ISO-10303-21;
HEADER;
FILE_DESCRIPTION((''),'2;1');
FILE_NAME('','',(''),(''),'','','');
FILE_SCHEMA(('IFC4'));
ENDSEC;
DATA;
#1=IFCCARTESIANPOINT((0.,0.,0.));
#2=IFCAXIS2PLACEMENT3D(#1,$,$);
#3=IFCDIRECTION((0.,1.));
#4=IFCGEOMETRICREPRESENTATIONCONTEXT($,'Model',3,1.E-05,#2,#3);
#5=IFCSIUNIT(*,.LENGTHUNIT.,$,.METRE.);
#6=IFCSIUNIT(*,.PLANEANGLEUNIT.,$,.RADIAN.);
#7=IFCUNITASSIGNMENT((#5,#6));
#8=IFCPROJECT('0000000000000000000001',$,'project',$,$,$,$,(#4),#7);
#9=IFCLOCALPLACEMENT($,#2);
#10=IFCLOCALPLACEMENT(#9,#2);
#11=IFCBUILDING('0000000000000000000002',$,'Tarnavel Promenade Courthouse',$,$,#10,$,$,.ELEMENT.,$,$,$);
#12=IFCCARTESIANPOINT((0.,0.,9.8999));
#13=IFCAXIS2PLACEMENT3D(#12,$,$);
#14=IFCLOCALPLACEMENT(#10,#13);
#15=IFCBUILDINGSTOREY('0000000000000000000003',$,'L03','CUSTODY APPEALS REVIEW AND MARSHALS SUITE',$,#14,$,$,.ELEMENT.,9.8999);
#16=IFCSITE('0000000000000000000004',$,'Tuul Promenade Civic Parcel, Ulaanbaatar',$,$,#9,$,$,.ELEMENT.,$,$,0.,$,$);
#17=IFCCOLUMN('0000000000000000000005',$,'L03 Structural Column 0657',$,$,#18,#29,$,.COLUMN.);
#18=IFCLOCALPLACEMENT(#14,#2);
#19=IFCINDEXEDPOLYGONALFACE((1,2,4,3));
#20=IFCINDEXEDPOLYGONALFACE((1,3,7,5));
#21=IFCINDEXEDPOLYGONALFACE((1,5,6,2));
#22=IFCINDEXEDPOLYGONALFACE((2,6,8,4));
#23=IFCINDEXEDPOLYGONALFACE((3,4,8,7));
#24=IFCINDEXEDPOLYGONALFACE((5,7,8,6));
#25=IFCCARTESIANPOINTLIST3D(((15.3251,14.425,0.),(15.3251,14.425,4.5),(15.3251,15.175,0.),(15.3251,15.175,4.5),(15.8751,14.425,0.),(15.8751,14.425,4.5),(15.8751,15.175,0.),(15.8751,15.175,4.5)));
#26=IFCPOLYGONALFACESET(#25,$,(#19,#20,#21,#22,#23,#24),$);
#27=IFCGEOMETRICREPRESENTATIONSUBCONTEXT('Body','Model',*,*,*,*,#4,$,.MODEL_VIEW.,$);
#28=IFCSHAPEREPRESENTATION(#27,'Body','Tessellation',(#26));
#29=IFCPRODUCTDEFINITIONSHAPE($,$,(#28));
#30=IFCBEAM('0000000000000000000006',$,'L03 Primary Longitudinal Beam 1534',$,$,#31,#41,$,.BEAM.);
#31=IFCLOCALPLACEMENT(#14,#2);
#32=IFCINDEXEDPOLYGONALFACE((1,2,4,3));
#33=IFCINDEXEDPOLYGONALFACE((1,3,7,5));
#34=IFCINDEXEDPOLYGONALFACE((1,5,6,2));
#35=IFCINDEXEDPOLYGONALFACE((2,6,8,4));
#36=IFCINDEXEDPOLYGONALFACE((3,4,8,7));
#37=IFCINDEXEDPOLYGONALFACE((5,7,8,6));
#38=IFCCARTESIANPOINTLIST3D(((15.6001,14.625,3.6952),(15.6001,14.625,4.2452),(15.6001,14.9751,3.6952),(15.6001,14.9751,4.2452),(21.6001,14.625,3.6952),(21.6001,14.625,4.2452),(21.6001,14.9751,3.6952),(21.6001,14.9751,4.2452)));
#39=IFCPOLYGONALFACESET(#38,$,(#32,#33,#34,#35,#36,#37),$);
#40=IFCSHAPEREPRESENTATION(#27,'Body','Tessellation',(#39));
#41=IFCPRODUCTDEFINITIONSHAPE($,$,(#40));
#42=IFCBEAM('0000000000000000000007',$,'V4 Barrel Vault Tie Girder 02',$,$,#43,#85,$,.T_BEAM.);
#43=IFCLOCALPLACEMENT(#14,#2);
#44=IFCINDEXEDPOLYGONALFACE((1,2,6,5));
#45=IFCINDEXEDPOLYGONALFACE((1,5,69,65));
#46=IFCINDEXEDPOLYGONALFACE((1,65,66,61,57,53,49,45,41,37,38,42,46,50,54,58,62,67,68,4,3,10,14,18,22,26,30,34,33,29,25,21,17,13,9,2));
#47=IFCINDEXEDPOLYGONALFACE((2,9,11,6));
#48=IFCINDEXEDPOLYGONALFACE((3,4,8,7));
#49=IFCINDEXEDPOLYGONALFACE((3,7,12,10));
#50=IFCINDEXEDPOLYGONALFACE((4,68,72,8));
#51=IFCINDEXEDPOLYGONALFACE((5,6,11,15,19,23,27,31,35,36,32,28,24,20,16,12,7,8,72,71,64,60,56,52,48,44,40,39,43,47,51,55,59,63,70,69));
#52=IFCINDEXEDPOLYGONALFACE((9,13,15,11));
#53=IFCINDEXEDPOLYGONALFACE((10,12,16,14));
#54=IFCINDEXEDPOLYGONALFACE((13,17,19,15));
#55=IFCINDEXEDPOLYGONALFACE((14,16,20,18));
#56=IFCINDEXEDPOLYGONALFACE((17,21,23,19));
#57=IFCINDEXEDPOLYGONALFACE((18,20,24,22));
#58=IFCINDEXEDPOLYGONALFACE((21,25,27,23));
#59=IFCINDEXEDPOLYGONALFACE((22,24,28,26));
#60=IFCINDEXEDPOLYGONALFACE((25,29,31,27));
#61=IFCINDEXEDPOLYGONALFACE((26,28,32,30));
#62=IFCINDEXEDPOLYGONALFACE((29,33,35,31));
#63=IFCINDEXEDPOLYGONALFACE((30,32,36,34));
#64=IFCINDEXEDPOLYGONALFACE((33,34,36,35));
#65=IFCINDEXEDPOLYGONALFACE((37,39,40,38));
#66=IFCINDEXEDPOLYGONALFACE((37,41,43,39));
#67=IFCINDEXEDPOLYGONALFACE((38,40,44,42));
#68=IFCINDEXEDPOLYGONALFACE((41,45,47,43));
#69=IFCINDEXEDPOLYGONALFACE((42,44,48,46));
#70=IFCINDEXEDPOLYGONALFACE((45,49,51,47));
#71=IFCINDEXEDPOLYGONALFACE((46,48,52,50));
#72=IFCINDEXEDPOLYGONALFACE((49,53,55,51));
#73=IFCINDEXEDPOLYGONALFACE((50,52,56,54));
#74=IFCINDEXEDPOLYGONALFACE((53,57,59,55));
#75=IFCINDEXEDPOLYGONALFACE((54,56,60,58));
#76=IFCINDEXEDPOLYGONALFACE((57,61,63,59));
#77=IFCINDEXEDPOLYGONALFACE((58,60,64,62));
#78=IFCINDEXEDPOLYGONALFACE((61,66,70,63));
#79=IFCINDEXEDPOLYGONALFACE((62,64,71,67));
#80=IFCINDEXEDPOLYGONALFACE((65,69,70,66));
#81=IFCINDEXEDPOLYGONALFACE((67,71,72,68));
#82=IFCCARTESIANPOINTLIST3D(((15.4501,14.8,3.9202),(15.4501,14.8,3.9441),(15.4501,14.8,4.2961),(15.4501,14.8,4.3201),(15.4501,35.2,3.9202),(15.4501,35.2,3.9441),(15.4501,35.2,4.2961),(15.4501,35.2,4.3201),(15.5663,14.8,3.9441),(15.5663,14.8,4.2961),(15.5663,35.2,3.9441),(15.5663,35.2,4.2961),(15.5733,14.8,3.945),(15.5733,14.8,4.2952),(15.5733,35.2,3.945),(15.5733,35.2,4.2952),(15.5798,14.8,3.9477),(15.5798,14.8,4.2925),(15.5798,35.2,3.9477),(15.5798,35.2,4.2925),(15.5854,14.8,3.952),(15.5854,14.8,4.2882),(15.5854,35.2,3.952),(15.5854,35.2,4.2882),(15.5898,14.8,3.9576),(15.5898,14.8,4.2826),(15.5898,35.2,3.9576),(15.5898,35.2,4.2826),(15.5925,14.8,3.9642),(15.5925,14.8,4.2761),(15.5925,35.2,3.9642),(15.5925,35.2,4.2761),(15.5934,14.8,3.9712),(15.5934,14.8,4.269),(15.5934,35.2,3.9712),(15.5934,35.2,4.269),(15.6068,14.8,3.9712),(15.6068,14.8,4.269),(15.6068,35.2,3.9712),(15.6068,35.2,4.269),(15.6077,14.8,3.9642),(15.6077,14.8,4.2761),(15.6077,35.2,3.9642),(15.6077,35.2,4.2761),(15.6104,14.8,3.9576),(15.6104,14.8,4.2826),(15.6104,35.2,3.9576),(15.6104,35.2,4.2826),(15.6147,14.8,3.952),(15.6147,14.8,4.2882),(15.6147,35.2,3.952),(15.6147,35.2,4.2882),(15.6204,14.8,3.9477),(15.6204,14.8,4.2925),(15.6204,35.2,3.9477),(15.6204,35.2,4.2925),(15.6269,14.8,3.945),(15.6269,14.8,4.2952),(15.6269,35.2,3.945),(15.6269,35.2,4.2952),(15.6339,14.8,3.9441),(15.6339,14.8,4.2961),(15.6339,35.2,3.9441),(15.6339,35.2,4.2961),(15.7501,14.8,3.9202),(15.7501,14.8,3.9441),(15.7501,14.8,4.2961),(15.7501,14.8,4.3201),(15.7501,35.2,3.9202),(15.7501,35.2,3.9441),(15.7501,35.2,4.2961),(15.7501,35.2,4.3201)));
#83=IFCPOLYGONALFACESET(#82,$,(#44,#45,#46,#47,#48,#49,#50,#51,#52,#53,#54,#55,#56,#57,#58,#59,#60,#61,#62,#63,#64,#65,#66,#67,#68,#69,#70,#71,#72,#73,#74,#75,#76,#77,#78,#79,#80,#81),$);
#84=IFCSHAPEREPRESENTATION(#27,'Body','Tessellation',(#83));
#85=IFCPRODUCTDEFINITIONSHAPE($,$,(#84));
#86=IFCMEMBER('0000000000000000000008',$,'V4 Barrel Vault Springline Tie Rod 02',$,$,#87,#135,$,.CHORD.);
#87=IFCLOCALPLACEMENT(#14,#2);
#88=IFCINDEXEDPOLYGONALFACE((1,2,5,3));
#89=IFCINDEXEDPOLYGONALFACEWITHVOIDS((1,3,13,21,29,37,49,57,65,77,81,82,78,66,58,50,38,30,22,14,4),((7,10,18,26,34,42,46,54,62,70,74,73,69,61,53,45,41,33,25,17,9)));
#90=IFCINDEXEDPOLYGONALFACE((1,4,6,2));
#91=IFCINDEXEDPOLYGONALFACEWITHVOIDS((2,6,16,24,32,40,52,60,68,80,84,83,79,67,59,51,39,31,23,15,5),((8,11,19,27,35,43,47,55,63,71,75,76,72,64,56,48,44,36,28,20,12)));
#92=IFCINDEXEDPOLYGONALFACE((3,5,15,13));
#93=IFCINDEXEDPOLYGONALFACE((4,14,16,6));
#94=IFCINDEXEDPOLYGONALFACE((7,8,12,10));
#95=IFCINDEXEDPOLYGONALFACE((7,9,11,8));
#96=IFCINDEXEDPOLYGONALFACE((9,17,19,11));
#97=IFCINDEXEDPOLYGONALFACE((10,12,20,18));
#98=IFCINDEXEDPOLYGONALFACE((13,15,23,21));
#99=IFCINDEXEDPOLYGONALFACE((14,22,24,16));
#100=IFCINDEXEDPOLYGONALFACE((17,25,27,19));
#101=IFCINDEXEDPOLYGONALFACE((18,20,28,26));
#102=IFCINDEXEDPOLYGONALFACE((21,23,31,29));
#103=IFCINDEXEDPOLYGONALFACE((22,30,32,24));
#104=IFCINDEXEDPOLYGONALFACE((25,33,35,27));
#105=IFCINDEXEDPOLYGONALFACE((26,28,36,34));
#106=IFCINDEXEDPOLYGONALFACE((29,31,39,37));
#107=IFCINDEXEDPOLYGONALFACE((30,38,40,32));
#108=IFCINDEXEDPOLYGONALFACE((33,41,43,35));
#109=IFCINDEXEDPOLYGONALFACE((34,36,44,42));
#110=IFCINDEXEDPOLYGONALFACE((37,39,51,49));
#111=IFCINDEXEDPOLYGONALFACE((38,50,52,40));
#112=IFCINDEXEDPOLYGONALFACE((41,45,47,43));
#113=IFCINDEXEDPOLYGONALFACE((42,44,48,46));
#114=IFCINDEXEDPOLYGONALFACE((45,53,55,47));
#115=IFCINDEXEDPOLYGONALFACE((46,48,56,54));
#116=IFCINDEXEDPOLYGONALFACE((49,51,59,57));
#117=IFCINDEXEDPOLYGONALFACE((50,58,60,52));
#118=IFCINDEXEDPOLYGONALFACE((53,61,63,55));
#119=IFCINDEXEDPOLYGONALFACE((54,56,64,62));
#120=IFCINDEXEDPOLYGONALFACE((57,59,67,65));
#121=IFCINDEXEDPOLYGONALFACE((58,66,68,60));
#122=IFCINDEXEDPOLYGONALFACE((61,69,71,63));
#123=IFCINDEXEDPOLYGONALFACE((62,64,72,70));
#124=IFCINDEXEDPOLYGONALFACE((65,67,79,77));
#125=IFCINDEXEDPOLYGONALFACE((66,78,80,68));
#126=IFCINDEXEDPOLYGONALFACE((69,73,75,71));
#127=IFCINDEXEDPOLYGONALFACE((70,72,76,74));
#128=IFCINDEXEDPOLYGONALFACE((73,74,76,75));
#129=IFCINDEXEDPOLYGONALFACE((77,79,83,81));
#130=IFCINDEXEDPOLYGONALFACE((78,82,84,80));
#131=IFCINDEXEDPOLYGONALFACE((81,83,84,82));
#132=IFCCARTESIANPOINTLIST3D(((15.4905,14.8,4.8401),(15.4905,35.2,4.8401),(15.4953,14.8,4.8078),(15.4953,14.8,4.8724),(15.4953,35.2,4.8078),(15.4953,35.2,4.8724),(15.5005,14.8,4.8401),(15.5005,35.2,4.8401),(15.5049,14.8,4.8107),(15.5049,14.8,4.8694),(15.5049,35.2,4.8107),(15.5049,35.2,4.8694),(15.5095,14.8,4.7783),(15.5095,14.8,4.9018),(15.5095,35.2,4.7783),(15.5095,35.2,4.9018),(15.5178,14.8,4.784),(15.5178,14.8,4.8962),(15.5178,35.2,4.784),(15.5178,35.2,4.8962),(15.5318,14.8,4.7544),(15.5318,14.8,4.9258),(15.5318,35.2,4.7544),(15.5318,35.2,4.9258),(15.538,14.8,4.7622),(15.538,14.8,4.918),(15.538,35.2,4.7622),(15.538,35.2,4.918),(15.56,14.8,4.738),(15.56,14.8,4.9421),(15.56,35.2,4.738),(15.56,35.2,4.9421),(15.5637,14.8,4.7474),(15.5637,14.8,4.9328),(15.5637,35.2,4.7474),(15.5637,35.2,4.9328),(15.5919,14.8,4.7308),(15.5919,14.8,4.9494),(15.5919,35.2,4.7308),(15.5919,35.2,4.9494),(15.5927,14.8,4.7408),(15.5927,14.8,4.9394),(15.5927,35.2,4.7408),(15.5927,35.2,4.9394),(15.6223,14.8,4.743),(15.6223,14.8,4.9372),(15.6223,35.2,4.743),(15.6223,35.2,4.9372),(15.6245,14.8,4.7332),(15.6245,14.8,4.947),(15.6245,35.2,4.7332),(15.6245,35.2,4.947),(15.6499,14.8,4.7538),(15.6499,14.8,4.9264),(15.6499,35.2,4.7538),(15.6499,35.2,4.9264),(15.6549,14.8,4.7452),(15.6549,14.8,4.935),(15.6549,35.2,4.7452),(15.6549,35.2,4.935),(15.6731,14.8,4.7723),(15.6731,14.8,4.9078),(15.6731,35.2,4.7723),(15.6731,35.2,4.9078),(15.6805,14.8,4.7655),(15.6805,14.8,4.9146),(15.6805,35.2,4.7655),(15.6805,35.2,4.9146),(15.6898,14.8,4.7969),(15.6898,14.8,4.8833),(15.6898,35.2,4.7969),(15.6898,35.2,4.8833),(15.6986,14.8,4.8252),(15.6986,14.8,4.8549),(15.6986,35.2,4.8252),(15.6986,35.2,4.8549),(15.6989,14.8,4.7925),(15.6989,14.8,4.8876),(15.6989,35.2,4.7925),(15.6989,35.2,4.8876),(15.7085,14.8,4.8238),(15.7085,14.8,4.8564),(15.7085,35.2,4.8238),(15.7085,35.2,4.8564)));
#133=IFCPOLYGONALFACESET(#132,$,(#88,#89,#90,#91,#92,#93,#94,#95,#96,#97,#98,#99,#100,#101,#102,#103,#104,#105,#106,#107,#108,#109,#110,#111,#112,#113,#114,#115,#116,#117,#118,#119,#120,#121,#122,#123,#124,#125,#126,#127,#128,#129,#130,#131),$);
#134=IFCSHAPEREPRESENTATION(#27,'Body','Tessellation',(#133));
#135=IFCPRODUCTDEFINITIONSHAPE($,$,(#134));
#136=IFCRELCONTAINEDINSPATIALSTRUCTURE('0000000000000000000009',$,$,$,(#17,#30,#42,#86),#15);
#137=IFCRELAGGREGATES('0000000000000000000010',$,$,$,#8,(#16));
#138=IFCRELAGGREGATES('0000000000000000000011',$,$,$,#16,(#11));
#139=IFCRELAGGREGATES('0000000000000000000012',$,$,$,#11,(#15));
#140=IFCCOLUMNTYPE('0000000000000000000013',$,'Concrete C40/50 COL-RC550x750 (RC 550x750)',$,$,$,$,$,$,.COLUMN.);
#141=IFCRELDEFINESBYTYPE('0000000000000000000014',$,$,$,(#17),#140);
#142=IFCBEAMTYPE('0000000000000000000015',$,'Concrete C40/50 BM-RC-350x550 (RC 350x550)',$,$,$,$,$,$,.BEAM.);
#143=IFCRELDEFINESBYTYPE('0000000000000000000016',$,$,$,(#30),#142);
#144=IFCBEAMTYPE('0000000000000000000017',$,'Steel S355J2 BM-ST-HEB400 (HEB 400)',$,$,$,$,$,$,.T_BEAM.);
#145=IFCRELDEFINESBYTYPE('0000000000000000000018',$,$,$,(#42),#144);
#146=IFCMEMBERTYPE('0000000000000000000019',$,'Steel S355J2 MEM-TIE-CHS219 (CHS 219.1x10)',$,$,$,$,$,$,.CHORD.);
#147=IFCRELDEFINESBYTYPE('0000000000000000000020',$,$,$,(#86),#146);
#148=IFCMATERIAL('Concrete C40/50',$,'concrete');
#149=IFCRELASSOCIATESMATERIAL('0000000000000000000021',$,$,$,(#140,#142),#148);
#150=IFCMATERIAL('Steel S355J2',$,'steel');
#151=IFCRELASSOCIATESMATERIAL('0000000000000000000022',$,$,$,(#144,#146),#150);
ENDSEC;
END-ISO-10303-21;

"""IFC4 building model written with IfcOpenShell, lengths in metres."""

from ifc_helpers import new_model, si_unit, direction, frame, origin, origin_2d, place, context, subcontext, project, spatial, rectangle, hollow_circle, i_section, extrude, material, material_profile, profile_set, type_object, element, save


model = new_model("IFC4")

# Units and contexts
model_context = context("Model", 3, precision=1e-05, world=origin(), true_north=direction((0.0, 1.0)))
body_context = subcontext(model_context, "Body", "Model", "MODEL_VIEW")
ifc_project = project(units=[si_unit("LENGTHUNIT", "METRE"), si_unit("PLANEANGLEUNIT", "RADIAN")], contexts=[model_context])

# Site, building, storey
site_placement = place(None, origin())
site = spatial("IfcSite", under=ifc_project, at=site_placement, Name="Tuul Promenade Civic Parcel, Ulaanbaatar", CompositionType="ELEMENT", RefElevation=0.0)
building_placement = place(site_placement, origin())
building = spatial("IfcBuilding", under=site, at=building_placement, Name="Tarnavel Promenade Courthouse", CompositionType="ELEMENT")
storey_placement = place(building_placement, frame((0.0, 0.0, 9.8999)))
storey = spatial("IfcBuildingStorey", under=building, at=storey_placement, Name="L03", Description="CUSTODY APPEALS REVIEW AND MARSHALS SUITE", CompositionType="ELEMENT", Elevation=9.8999)

# Column
ifc_material_1 = material(Name="Concrete C40/50", Category="concrete")
ifc_material_profile_1 = material_profile(ifc_material_1, rectangle(XDim=0.55, YDim=0.75, at=origin_2d()), Name="RC 550x750")
ifc_profile_set_1 = profile_set([ifc_material_profile_1], Name="Concrete C40/50")
column_type = type_object("IfcColumnType", Name="Concrete C40/50 COL-RC550x750 (RC 550x750)", PredefinedType="COLUMN", material=ifc_profile_set_1)
column_placement = place(storey_placement, frame((15.6001, 14.8, 0.0), z_axis=(0.0, 0.0, 1.0), x_axis=(1.0, 0.0, 0.0)))
element("IfcColumn", 1, at=column_placement, inside=storey, type_object=column_type, Name="L03 Structural Column 0657", PredefinedType="COLUMN", context=body_context, shape_type="SweptSolid", body=[
    extrude(rectangle(XDim=0.55, YDim=0.75, at=origin_2d()), origin(), (0.0, 0.0, 1.0), 4.5),
])

# Beams
ifc_material_profile_2 = material_profile(ifc_material_1, rectangle(XDim=0.3501, YDim=0.55, at=origin_2d()), Name="RC 350x550")
ifc_profile_set_2 = profile_set([ifc_material_profile_2], Name="Concrete C40/50")
beam_type_1 = type_object("IfcBeamType", Name="Concrete C40/50 BM-RC-350x550 (RC 350x550)", PredefinedType="BEAM", material=ifc_profile_set_2)
beam_1_placement = place(storey_placement, frame((15.6001, 14.8, 3.9702), z_axis=(1.0, 0.0, 0.0), x_axis=(0.0, 1.0, 0.0)))
element("IfcBeam", 2, at=beam_1_placement, inside=storey, type_object=beam_type_1, Name="L03 Primary Longitudinal Beam 1534", PredefinedType="BEAM", context=body_context, shape_type="SweptSolid", body=[
    extrude(rectangle(XDim=0.3501, YDim=0.55, at=origin_2d()), origin(), (0.0, 0.0, 1.0), 6.0),
])
ifc_material_2 = material(Name="Steel S355J2", Category="steel")
ifc_material_profile_3 = material_profile(ifc_material_2, i_section(OverallWidth=0.3, OverallDepth=0.3999, WebThickness=0.0134, FlangeThickness=0.0239, FilletRadius=0.0271, at=origin_2d()), Name="HEB 400")
ifc_profile_set_3 = profile_set([ifc_material_profile_3], Name="Steel S355J2")
beam_type_2 = type_object("IfcBeamType", Name="Steel S355J2 BM-ST-HEB400 (HEB 400)", PredefinedType="T_BEAM", material=ifc_profile_set_3)
beam_2_placement = place(storey_placement, frame((15.6001, 14.8, 4.1201), z_axis=(0.0, 1.0, 0.0), x_axis=(-1.0, 0.0, 0.0)))
element("IfcBeam", 3, at=beam_2_placement, inside=storey, type_object=beam_type_2, Name="V4 Barrel Vault Tie Girder 02", PredefinedType="T_BEAM", context=body_context, shape_type="SweptSolid", body=[
    extrude(i_section(OverallWidth=0.3, OverallDepth=0.3999, WebThickness=0.0134, FlangeThickness=0.0239, FilletRadius=0.0271, at=origin_2d()), origin(), (0.0, 0.0, 1.0), 20.3999),
])

# Member
ifc_material_profile_4 = material_profile(ifc_material_2, hollow_circle(Radius=0.1096, WallThickness=0.01, at=origin_2d()), Name="CHS 219.1x10")
ifc_profile_set_4 = profile_set([ifc_material_profile_4], Name="Steel S355J2")
member_type_1 = type_object("IfcMemberType", Name="Steel S355J2 MEM-TIE-CHS219 (CHS 219.1x10)", PredefinedType="CHORD", material=ifc_profile_set_4)
member_1_placement = place(storey_placement, frame((15.6001, 14.8, 4.8401), z_axis=(0.0, 1.0, 0.0), x_axis=(-1.0, 0.0, 0.0)))
element("IfcMember", 4, at=member_1_placement, inside=storey, type_object=member_type_1, Name="V4 Barrel Vault Springline Tie Rod 02", PredefinedType="CHORD", context=body_context, shape_type="SweptSolid", body=[
    extrude(hollow_circle(Radius=0.1096, WallThickness=0.01, at=origin_2d()), origin(), (0.0, 0.0, 1.0), 20.3999),
])

save(model, "model.ifc")
